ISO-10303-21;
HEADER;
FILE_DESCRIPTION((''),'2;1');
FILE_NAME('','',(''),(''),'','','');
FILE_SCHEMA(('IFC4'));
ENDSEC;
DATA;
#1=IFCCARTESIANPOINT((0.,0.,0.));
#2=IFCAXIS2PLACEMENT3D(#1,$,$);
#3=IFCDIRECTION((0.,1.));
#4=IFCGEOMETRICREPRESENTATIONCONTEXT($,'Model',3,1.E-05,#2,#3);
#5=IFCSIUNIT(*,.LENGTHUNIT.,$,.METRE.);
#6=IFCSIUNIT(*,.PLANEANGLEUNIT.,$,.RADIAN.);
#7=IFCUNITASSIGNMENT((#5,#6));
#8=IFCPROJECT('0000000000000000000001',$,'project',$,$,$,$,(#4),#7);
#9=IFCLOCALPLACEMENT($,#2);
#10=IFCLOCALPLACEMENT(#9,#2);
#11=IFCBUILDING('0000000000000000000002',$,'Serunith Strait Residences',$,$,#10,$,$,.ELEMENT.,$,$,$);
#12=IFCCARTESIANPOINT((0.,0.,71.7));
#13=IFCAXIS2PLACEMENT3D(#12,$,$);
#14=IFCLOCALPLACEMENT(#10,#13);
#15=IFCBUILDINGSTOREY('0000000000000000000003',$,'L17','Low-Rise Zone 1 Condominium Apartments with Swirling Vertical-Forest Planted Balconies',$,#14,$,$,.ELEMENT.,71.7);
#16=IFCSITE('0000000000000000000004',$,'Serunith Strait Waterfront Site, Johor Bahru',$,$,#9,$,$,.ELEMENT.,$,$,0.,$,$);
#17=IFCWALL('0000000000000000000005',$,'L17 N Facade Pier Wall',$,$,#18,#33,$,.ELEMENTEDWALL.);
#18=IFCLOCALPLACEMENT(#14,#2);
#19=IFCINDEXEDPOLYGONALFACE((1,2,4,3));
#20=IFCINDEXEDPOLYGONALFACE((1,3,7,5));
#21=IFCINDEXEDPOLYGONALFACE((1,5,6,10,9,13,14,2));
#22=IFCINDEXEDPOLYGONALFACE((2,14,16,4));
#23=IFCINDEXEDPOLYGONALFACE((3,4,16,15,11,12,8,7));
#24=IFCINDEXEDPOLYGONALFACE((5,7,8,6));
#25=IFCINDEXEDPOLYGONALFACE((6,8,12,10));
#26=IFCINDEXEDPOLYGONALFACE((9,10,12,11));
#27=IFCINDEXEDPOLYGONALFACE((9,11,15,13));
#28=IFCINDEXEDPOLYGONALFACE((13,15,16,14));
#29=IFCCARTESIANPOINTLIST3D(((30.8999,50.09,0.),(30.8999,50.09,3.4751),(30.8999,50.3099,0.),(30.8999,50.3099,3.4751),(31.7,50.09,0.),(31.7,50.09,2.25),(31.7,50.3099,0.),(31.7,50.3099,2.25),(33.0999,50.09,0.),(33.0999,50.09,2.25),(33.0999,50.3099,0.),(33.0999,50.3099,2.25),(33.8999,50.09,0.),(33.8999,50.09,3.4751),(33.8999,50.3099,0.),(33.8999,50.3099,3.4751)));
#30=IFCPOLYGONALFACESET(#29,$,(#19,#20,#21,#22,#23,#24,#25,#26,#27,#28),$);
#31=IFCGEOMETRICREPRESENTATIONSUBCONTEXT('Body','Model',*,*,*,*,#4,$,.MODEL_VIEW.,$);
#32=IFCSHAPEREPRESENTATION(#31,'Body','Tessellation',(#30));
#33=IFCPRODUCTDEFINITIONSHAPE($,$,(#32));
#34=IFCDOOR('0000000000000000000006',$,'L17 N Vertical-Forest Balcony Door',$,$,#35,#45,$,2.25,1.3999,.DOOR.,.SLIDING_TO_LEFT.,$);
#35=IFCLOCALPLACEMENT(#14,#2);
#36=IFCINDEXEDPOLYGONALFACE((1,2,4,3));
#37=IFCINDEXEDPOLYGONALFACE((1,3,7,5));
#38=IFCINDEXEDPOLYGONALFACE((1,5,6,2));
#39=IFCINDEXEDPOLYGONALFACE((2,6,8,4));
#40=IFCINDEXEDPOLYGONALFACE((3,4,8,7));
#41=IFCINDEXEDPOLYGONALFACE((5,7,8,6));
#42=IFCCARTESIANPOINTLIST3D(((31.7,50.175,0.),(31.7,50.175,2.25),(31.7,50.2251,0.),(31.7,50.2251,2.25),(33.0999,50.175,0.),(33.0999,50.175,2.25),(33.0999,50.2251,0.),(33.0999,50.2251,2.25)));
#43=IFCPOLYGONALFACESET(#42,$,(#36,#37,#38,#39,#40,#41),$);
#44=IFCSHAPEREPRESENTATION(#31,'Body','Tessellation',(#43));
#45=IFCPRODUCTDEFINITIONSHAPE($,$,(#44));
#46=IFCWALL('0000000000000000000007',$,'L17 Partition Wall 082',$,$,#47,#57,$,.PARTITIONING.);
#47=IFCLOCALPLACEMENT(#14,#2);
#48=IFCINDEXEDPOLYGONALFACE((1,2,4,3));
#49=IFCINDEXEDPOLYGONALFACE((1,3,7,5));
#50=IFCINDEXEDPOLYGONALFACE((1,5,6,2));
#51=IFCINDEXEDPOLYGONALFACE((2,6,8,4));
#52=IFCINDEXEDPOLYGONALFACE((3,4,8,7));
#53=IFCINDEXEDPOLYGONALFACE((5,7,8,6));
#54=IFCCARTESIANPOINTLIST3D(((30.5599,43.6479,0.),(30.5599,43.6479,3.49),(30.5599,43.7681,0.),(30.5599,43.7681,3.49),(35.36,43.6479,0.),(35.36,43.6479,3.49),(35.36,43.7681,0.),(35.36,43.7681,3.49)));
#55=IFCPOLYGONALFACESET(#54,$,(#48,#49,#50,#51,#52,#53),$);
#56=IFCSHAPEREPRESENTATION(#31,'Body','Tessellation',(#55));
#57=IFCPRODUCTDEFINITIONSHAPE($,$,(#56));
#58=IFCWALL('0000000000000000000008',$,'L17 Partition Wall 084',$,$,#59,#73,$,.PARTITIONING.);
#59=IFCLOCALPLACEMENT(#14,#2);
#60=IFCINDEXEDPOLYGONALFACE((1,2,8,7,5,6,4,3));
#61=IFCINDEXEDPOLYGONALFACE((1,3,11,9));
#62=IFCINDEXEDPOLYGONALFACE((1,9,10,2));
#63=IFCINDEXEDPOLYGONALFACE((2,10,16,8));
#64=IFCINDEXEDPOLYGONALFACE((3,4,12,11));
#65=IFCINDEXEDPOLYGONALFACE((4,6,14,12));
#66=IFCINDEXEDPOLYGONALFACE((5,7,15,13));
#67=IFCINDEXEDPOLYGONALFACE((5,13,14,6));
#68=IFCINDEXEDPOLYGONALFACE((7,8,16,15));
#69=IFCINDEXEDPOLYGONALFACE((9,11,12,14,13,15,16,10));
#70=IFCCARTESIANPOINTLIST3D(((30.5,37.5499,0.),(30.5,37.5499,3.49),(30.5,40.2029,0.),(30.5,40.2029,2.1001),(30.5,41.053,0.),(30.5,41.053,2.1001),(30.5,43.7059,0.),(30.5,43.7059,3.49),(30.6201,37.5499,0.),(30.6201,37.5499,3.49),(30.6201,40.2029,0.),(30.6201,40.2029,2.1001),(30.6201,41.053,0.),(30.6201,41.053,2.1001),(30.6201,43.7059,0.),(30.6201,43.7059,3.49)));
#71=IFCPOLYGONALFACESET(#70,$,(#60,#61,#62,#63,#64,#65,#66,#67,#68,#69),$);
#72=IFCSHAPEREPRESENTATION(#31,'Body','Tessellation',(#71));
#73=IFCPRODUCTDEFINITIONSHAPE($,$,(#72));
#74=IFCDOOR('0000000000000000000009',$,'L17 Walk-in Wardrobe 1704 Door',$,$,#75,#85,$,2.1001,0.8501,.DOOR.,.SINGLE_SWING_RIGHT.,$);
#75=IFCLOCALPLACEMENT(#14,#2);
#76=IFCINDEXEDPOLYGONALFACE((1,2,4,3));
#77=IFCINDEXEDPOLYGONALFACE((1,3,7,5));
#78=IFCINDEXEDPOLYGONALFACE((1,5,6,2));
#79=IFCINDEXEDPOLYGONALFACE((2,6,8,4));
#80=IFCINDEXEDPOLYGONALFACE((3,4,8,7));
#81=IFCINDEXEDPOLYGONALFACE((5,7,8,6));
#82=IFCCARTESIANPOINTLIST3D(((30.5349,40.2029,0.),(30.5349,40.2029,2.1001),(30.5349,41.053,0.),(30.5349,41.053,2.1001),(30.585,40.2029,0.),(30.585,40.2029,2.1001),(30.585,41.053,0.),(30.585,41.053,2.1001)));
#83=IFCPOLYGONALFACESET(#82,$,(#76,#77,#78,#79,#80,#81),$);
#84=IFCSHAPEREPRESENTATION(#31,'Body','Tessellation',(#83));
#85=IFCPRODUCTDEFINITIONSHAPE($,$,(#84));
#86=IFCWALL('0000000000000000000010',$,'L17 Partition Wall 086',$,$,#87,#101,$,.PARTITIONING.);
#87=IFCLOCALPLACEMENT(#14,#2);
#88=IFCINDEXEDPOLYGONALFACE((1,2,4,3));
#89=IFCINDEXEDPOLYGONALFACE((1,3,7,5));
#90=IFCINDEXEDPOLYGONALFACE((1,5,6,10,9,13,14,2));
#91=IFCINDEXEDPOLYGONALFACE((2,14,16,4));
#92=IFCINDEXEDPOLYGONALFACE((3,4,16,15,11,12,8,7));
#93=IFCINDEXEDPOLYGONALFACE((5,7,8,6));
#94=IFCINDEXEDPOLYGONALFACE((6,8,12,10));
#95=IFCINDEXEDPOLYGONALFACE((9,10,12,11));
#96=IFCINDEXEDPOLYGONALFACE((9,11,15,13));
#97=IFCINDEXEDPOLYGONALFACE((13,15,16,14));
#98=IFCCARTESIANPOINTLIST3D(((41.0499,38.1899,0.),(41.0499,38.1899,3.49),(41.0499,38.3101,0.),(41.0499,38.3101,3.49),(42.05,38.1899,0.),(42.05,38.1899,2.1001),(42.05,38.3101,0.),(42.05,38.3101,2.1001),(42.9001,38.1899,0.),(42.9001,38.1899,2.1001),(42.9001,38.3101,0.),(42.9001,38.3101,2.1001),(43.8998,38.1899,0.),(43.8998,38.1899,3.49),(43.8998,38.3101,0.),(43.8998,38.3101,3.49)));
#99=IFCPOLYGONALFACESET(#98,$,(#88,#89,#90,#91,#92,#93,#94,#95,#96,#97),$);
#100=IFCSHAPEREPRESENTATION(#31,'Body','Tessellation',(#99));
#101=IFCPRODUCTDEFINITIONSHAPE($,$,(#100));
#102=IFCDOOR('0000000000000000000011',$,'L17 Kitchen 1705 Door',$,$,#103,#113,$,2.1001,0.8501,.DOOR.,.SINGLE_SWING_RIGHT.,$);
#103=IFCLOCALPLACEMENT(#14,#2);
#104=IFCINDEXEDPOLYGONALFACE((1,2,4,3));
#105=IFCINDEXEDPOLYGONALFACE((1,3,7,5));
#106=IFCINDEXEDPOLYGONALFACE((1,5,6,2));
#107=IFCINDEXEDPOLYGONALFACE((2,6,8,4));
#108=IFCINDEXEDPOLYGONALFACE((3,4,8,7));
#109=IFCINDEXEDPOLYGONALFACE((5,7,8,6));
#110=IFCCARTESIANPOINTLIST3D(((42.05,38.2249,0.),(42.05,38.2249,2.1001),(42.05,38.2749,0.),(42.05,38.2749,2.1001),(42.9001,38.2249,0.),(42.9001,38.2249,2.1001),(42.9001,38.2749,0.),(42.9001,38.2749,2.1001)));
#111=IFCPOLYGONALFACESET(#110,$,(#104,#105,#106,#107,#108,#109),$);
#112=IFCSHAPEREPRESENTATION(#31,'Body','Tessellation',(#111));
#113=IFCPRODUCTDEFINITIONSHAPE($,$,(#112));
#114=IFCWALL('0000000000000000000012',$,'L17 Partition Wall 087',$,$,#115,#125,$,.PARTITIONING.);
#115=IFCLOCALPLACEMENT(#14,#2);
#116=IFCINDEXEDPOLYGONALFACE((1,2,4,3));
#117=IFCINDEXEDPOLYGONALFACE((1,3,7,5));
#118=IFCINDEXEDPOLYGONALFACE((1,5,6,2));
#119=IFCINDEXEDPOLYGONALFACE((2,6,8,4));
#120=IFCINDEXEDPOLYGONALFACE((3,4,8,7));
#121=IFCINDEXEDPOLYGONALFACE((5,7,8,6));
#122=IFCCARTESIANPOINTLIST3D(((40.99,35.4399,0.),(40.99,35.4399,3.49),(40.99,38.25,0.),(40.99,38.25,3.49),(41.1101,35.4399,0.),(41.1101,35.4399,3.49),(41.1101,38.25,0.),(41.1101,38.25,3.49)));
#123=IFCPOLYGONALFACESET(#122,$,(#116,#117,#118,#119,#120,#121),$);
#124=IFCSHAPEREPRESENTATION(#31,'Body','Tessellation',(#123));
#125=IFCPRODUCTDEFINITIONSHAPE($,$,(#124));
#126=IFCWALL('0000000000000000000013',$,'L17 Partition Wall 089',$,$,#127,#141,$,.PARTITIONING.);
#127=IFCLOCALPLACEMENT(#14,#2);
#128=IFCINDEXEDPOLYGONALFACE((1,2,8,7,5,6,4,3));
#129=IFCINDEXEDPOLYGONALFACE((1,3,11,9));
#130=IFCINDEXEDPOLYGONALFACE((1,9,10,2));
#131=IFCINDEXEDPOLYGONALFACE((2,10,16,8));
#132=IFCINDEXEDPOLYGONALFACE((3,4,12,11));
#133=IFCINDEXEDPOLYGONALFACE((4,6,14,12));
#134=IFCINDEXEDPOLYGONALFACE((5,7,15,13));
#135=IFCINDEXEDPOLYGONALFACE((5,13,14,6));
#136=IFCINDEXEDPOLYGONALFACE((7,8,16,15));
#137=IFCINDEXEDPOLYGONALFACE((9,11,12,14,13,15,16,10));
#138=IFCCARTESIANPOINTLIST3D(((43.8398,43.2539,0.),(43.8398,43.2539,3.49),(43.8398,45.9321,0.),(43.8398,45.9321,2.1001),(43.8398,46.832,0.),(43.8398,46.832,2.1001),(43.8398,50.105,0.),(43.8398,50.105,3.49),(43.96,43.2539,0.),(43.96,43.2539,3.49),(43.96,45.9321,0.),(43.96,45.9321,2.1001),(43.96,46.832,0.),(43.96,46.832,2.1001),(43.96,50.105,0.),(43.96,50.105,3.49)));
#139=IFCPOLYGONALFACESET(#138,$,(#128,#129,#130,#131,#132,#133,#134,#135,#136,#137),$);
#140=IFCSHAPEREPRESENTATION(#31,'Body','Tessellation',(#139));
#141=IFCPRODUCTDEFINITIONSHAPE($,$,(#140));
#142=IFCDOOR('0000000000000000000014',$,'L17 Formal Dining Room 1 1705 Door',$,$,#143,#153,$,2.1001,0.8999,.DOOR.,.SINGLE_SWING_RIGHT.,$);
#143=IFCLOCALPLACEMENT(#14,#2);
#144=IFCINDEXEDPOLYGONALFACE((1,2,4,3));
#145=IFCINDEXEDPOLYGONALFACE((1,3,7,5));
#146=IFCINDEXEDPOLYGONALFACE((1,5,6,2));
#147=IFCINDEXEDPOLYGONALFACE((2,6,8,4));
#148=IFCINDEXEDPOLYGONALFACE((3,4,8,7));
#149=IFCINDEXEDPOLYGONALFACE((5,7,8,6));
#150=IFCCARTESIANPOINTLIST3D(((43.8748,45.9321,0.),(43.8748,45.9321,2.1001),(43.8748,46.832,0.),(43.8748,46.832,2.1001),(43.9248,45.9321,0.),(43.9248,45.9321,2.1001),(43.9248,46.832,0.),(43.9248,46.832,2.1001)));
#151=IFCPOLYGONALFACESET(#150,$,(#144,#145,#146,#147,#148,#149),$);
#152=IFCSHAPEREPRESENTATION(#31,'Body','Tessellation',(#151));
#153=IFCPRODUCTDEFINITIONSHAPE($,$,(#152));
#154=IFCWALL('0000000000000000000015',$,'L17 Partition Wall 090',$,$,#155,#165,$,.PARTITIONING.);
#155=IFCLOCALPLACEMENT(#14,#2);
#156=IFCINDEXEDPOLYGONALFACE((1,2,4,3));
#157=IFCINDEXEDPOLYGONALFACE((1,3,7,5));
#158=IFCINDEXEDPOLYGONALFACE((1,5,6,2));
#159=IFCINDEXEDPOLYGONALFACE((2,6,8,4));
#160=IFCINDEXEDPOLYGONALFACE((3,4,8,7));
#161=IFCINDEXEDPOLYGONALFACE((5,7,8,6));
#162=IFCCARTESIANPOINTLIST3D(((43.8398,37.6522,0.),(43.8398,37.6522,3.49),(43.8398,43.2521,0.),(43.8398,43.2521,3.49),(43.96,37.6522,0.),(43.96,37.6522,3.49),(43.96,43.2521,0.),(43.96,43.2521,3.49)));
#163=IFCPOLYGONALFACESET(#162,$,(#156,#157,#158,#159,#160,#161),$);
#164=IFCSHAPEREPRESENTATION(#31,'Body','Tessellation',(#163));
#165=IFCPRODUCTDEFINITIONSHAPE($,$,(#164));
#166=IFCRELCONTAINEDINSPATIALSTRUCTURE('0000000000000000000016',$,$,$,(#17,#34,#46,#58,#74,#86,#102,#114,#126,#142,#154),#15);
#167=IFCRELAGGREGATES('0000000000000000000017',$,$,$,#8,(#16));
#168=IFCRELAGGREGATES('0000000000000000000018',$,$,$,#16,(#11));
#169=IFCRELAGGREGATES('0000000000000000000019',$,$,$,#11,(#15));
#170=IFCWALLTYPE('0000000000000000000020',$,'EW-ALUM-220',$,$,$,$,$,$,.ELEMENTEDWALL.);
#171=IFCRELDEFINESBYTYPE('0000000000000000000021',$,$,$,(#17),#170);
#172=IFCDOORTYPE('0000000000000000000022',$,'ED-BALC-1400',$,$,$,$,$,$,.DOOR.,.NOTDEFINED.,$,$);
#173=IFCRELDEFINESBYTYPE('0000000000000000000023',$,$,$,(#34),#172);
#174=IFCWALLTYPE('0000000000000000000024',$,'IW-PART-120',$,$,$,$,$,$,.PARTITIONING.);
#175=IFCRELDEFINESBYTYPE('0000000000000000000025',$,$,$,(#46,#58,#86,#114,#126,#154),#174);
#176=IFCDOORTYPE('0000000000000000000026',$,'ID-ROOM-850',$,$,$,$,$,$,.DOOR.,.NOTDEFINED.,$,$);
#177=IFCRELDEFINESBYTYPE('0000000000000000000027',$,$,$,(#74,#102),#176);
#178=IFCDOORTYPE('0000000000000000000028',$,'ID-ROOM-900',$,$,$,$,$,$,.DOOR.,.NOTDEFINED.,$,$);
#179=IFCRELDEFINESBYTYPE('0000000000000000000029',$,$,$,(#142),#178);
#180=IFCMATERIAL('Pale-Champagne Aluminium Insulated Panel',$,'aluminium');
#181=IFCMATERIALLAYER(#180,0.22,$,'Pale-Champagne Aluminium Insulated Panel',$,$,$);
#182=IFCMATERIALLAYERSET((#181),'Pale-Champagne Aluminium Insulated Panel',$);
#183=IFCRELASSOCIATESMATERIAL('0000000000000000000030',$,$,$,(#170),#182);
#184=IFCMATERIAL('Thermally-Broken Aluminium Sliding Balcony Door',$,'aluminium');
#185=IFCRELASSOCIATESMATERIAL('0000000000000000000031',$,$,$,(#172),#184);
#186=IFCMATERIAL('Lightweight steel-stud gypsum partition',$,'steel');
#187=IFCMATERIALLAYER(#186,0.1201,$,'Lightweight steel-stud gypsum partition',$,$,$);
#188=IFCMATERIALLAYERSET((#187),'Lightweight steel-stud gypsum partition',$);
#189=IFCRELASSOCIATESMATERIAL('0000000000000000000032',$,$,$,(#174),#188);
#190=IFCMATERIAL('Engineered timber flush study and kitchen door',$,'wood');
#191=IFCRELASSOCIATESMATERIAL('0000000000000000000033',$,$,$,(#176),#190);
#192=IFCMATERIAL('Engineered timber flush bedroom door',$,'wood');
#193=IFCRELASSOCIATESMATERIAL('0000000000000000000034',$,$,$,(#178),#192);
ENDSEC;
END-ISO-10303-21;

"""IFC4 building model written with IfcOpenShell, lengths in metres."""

from ifc_helpers import new_model, si_unit, direction, frame, frame_2d, origin, place, context, subcontext, project, spatial, rectangle, extrude, source, transform, mapped, material, layer, layer_set, type_object, element, fill, save


model = new_model("IFC4")

# Units and contexts
model_context = context("Model", 3, precision=1e-05, world=origin(), true_north=direction((0.0, 1.0)))
body_context = subcontext(model_context, "Body", "Model", "MODEL_VIEW")
ifc_project = project(units=[si_unit("LENGTHUNIT", "METRE"), si_unit("PLANEANGLEUNIT", "RADIAN")], contexts=[model_context])

# Site, building, storey
site_placement = place(None, origin())
site = spatial("IfcSite", under=ifc_project, at=site_placement, Name="Serunith Strait Waterfront Site, Johor Bahru", CompositionType="ELEMENT", RefElevation=0.0)
building_placement = place(site_placement, origin())
building = spatial("IfcBuilding", under=site, at=building_placement, Name="Serunith Strait Residences", CompositionType="ELEMENT")
storey_placement = place(building_placement, frame((0.0, 0.0, 71.7)))
storey = spatial("IfcBuildingStorey", under=building, at=storey_placement, Name="L17", Description="Low-Rise Zone 1 Condominium Apartments with Swirling Vertical-Forest Planted Balconies", CompositionType="ELEMENT", Elevation=71.7)

# Wall, opening, door
ifc_material_1 = material(Name="Pale-Champagne Aluminium Insulated Panel", Category="aluminium")
ifc_layer_1 = layer(ifc_material_1, 0.22, Name="Pale-Champagne Aluminium Insulated Panel")
ifc_layer_set_1 = layer_set([ifc_layer_1], Name="Pale-Champagne Aluminium Insulated Panel")
wall_type_1 = type_object("IfcWallType", Name="EW-ALUM-220", PredefinedType="ELEMENTEDWALL", material=ifc_layer_set_1)
wall_1_placement = place(storey_placement, frame((33.8999, 50.2, 0.0), z_axis=(0.0, 0.0, 1.0), x_axis=(-1.0, 0.0, 0.0)))
wall_1 = element("IfcWall", 1, at=wall_1_placement, inside=storey, type_object=wall_type_1, Name="L17 N Facade Pier Wall", PredefinedType="ELEMENTEDWALL", context=body_context, shape_type="SweptSolid", body=[
    extrude(rectangle(XDim=3.0, YDim=0.22, at=frame_2d((1.5, 0.0))), origin(), (0.0, 0.0, 1.0), 3.4751),
])
opening_1_placement = place(wall_1_placement, frame((0.8, 0.0, 0.0)))
opening_1 = element("IfcOpeningElement", 2, at=opening_1_placement, cuts=wall_1, PredefinedType="OPENING", context=body_context, shape_type="SweptSolid", body=[
    extrude(rectangle(XDim=1.3999, YDim=2.25, at=frame_2d((0.7, 1.125))), frame((0.0, 0.1201, 0.0), z_axis=(0.0, -1.0, 0.0), x_axis=(1.0, 0.0, 0.0)), (0.0, 0.0, 1.0), 0.24),
])
ifc_material_2 = material(Name="Thermally-Broken Aluminium Sliding Balcony Door", Category="aluminium")
door_type_1 = type_object("IfcDoorType", Name="ED-BALC-1400", OperationType="NOTDEFINED", PredefinedType="DOOR", material=ifc_material_2)
shared_shape_1 = source(origin(), body_context, "Body", "SweptSolid", [
    extrude(rectangle(XDim=1.3999, YDim=2.25, at=frame_2d((0.7, 1.125))), frame((0.0, 0.0249, 0.0), z_axis=(0.0, -1.0, 0.0), x_axis=(1.0, 0.0, 0.0)), (0.0, 0.0, 1.0), 0.05),
])
door_1_placement = place(opening_1_placement, origin())
door_1 = element("IfcDoor", 3, at=door_1_placement, inside=storey, type_object=door_type_1, Name="L17 N Vertical-Forest Balcony Door", OperationType="SLIDING_TO_LEFT", OverallHeight=2.25, OverallWidth=1.3999, PredefinedType="DOOR", context=body_context, shape_type="MappedRepresentation", body=[
    mapped(shared_shape_1, transform((0.0, 0.0, 0.0), scale=1.0)),
])
fill(opening_1, door_1)

# Wall
ifc_material_3 = material(Name="Lightweight steel-stud gypsum partition", Category="steel")
ifc_layer_2 = layer(ifc_material_3, 0.1201, Name="Lightweight steel-stud gypsum partition")
ifc_layer_set_2 = layer_set([ifc_layer_2], Name="Lightweight steel-stud gypsum partition")
wall_type_2 = type_object("IfcWallType", Name="IW-PART-120", PredefinedType="PARTITIONING", material=ifc_layer_set_2)
wall_2_placement = place(storey_placement, frame((30.5601, 43.708, 0.0), z_axis=(0.0, 0.0, 1.0), x_axis=(1.0, 0.0, 0.0)))
element("IfcWall", 4, at=wall_2_placement, inside=storey, type_object=wall_type_2, Name="L17 Partition Wall 082", PredefinedType="PARTITIONING", context=body_context, shape_type="SweptSolid", body=[
    extrude(rectangle(XDim=4.8, YDim=0.1201, at=frame_2d((2.3999, 0.0))), origin(), (0.0, 0.0, 1.0), 3.49),
])

# Walls, openings, doors
wall_3_placement = place(storey_placement, frame((30.5601, 43.7061, 0.0), z_axis=(0.0, 0.0, 1.0), x_axis=(0.0, -1.0, 0.0)))
wall_3 = element("IfcWall", 5, at=wall_3_placement, inside=storey, type_object=wall_type_2, Name="L17 Partition Wall 084", PredefinedType="PARTITIONING", context=body_context, shape_type="SweptSolid", body=[
    extrude(rectangle(XDim=6.156, YDim=0.1201, at=frame_2d((3.0781, 0.0))), origin(), (0.0, 0.0, 1.0), 3.49),
])
opening_2_placement = place(wall_3_placement, frame((2.6531, 0.0, 0.0)))
opening_2 = element("IfcOpeningElement", 6, at=opening_2_placement, cuts=wall_3, PredefinedType="OPENING", context=body_context, shape_type="SweptSolid", body=[
    extrude(rectangle(XDim=0.8501, YDim=2.1001, at=frame_2d((0.425, 1.05))), frame((0.0, 0.0701, 0.0), z_axis=(0.0, -1.0, 0.0), x_axis=(1.0, 0.0, 0.0)), (0.0, 0.0, 1.0), 0.1401),
])
ifc_material_4 = material(Name="Engineered timber flush study and kitchen door", Category="wood")
door_type_2 = type_object("IfcDoorType", Name="ID-ROOM-850", OperationType="NOTDEFINED", PredefinedType="DOOR", material=ifc_material_4)
shared_shape_2 = source(origin(), body_context, "Body", "SweptSolid", [
    extrude(rectangle(XDim=0.8501, YDim=2.1001, at=frame_2d((0.425, 1.05))), frame((0.0, 0.0249, 0.0), z_axis=(0.0, -1.0, 0.0), x_axis=(1.0, 0.0, 0.0)), (0.0, 0.0, 1.0), 0.05),
])
door_2_placement = place(opening_2_placement, origin())
door_2 = element("IfcDoor", 7, at=door_2_placement, inside=storey, type_object=door_type_2, Name="L17 Walk-in Wardrobe 1704 Door", OperationType="SINGLE_SWING_RIGHT", OverallHeight=2.1001, OverallWidth=0.8501, PredefinedType="DOOR", context=body_context, shape_type="MappedRepresentation", body=[
    mapped(shared_shape_2, transform((0.0, 0.0, 0.0), scale=1.0)),
])
fill(opening_2, door_2)
wall_4_placement = place(storey_placement, frame((41.05, 38.25, 0.0), z_axis=(0.0, 0.0, 1.0), x_axis=(1.0, 0.0, 0.0)))
wall_4 = element("IfcWall", 8, at=wall_4_placement, inside=storey, type_object=wall_type_2, Name="L17 Partition Wall 086", PredefinedType="PARTITIONING", context=body_context, shape_type="SweptSolid", body=[
    extrude(rectangle(XDim=2.8499, YDim=0.1201, at=frame_2d((1.4248, 0.0))), origin(), (0.0, 0.0, 1.0), 3.49),
])
opening_3_placement = place(wall_4_placement, frame((1.0, 0.0, 0.0)))
opening_3 = element("IfcOpeningElement", 9, at=opening_3_placement, cuts=wall_4, PredefinedType="OPENING", context=body_context, shape_type="SweptSolid", body=[
    extrude(rectangle(XDim=0.8501, YDim=2.1001, at=frame_2d((0.425, 1.05))), frame((0.0, 0.0701, 0.0), z_axis=(0.0, -1.0, 0.0), x_axis=(1.0, 0.0, 0.0)), (0.0, 0.0, 1.0), 0.1401),
])
door_3_placement = place(opening_3_placement, origin())
door_3 = element("IfcDoor", 10, at=door_3_placement, inside=storey, type_object=door_type_2, Name="L17 Kitchen 1705 Door", OperationType="SINGLE_SWING_RIGHT", OverallHeight=2.1001, OverallWidth=0.8501, PredefinedType="DOOR", context=body_context, shape_type="MappedRepresentation", body=[
    mapped(shared_shape_2, transform((0.0, 0.0, 0.0), scale=1.0)),
])
fill(opening_3, door_3)

# Wall
wall_5_placement = place(storey_placement, frame((41.05, 38.25, 0.0), z_axis=(0.0, 0.0, 1.0), x_axis=(0.0, -1.0, 0.0)))
element("IfcWall", 11, at=wall_5_placement, inside=storey, type_object=wall_type_2, Name="L17 Partition Wall 087", PredefinedType="PARTITIONING", context=body_context, shape_type="SweptSolid", body=[
    extrude(rectangle(XDim=2.8101, YDim=0.1201, at=frame_2d((1.405, 0.0))), origin(), (0.0, 0.0, 1.0), 3.49),
])

# Wall, opening, door
wall_6_placement = place(storey_placement, frame((43.8999, 50.105, 0.0), z_axis=(0.0, 0.0, 1.0), x_axis=(0.0, -1.0, 0.0)))
wall_6 = element("IfcWall", 12, at=wall_6_placement, inside=storey, type_object=wall_type_2, Name="L17 Partition Wall 089", PredefinedType="PARTITIONING", context=body_context, shape_type="SweptSolid", body=[
    extrude(rectangle(XDim=6.8511, YDim=0.1201, at=frame_2d((3.4255, 0.0))), origin(), (0.0, 0.0, 1.0), 3.49),
])
opening_4_placement = place(wall_6_placement, frame((3.2729, 0.0, 0.0)))
opening_4 = element("IfcOpeningElement", 13, at=opening_4_placement, cuts=wall_6, PredefinedType="OPENING", context=body_context, shape_type="SweptSolid", body=[
    extrude(rectangle(XDim=0.8999, YDim=2.1001, at=frame_2d((0.45, 1.05))), frame((0.0, 0.0701, 0.0), z_axis=(0.0, -1.0, 0.0), x_axis=(1.0, 0.0, 0.0)), (0.0, 0.0, 1.0), 0.1401),
])
ifc_material_5 = material(Name="Engineered timber flush bedroom door", Category="wood")
door_type_3 = type_object("IfcDoorType", Name="ID-ROOM-900", OperationType="NOTDEFINED", PredefinedType="DOOR", material=ifc_material_5)
shared_shape_3 = source(origin(), body_context, "Body", "SweptSolid", [
    extrude(rectangle(XDim=0.8999, YDim=2.1001, at=frame_2d((0.45, 1.05))), frame((0.0, 0.0249, 0.0), z_axis=(0.0, -1.0, 0.0), x_axis=(1.0, 0.0, 0.0)), (0.0, 0.0, 1.0), 0.05),
])
door_4_placement = place(opening_4_placement, origin())
door_4 = element("IfcDoor", 14, at=door_4_placement, inside=storey, type_object=door_type_3, Name="L17 Formal Dining Room 1 1705 Door", OperationType="SINGLE_SWING_RIGHT", OverallHeight=2.1001, OverallWidth=0.8999, PredefinedType="DOOR", context=body_context, shape_type="MappedRepresentation", body=[
    mapped(shared_shape_3, transform((0.0, 0.0, 0.0), scale=1.0)),
])
fill(opening_4, door_4)

# Wall
wall_7_placement = place(storey_placement, frame((43.8999, 43.252, 0.0), z_axis=(0.0, 0.0, 1.0), x_axis=(0.0, -1.0, 0.0)))
element("IfcWall", 15, at=wall_7_placement, inside=storey, type_object=wall_type_2, Name="L17 Partition Wall 090", PredefinedType="PARTITIONING", context=body_context, shape_type="SweptSolid", body=[
    extrude(rectangle(XDim=5.5999, YDim=0.1201, at=frame_2d((2.7998, 0.0))), origin(), (0.0, 0.0, 1.0), 3.49),
])

save(model, "model.ifc")
